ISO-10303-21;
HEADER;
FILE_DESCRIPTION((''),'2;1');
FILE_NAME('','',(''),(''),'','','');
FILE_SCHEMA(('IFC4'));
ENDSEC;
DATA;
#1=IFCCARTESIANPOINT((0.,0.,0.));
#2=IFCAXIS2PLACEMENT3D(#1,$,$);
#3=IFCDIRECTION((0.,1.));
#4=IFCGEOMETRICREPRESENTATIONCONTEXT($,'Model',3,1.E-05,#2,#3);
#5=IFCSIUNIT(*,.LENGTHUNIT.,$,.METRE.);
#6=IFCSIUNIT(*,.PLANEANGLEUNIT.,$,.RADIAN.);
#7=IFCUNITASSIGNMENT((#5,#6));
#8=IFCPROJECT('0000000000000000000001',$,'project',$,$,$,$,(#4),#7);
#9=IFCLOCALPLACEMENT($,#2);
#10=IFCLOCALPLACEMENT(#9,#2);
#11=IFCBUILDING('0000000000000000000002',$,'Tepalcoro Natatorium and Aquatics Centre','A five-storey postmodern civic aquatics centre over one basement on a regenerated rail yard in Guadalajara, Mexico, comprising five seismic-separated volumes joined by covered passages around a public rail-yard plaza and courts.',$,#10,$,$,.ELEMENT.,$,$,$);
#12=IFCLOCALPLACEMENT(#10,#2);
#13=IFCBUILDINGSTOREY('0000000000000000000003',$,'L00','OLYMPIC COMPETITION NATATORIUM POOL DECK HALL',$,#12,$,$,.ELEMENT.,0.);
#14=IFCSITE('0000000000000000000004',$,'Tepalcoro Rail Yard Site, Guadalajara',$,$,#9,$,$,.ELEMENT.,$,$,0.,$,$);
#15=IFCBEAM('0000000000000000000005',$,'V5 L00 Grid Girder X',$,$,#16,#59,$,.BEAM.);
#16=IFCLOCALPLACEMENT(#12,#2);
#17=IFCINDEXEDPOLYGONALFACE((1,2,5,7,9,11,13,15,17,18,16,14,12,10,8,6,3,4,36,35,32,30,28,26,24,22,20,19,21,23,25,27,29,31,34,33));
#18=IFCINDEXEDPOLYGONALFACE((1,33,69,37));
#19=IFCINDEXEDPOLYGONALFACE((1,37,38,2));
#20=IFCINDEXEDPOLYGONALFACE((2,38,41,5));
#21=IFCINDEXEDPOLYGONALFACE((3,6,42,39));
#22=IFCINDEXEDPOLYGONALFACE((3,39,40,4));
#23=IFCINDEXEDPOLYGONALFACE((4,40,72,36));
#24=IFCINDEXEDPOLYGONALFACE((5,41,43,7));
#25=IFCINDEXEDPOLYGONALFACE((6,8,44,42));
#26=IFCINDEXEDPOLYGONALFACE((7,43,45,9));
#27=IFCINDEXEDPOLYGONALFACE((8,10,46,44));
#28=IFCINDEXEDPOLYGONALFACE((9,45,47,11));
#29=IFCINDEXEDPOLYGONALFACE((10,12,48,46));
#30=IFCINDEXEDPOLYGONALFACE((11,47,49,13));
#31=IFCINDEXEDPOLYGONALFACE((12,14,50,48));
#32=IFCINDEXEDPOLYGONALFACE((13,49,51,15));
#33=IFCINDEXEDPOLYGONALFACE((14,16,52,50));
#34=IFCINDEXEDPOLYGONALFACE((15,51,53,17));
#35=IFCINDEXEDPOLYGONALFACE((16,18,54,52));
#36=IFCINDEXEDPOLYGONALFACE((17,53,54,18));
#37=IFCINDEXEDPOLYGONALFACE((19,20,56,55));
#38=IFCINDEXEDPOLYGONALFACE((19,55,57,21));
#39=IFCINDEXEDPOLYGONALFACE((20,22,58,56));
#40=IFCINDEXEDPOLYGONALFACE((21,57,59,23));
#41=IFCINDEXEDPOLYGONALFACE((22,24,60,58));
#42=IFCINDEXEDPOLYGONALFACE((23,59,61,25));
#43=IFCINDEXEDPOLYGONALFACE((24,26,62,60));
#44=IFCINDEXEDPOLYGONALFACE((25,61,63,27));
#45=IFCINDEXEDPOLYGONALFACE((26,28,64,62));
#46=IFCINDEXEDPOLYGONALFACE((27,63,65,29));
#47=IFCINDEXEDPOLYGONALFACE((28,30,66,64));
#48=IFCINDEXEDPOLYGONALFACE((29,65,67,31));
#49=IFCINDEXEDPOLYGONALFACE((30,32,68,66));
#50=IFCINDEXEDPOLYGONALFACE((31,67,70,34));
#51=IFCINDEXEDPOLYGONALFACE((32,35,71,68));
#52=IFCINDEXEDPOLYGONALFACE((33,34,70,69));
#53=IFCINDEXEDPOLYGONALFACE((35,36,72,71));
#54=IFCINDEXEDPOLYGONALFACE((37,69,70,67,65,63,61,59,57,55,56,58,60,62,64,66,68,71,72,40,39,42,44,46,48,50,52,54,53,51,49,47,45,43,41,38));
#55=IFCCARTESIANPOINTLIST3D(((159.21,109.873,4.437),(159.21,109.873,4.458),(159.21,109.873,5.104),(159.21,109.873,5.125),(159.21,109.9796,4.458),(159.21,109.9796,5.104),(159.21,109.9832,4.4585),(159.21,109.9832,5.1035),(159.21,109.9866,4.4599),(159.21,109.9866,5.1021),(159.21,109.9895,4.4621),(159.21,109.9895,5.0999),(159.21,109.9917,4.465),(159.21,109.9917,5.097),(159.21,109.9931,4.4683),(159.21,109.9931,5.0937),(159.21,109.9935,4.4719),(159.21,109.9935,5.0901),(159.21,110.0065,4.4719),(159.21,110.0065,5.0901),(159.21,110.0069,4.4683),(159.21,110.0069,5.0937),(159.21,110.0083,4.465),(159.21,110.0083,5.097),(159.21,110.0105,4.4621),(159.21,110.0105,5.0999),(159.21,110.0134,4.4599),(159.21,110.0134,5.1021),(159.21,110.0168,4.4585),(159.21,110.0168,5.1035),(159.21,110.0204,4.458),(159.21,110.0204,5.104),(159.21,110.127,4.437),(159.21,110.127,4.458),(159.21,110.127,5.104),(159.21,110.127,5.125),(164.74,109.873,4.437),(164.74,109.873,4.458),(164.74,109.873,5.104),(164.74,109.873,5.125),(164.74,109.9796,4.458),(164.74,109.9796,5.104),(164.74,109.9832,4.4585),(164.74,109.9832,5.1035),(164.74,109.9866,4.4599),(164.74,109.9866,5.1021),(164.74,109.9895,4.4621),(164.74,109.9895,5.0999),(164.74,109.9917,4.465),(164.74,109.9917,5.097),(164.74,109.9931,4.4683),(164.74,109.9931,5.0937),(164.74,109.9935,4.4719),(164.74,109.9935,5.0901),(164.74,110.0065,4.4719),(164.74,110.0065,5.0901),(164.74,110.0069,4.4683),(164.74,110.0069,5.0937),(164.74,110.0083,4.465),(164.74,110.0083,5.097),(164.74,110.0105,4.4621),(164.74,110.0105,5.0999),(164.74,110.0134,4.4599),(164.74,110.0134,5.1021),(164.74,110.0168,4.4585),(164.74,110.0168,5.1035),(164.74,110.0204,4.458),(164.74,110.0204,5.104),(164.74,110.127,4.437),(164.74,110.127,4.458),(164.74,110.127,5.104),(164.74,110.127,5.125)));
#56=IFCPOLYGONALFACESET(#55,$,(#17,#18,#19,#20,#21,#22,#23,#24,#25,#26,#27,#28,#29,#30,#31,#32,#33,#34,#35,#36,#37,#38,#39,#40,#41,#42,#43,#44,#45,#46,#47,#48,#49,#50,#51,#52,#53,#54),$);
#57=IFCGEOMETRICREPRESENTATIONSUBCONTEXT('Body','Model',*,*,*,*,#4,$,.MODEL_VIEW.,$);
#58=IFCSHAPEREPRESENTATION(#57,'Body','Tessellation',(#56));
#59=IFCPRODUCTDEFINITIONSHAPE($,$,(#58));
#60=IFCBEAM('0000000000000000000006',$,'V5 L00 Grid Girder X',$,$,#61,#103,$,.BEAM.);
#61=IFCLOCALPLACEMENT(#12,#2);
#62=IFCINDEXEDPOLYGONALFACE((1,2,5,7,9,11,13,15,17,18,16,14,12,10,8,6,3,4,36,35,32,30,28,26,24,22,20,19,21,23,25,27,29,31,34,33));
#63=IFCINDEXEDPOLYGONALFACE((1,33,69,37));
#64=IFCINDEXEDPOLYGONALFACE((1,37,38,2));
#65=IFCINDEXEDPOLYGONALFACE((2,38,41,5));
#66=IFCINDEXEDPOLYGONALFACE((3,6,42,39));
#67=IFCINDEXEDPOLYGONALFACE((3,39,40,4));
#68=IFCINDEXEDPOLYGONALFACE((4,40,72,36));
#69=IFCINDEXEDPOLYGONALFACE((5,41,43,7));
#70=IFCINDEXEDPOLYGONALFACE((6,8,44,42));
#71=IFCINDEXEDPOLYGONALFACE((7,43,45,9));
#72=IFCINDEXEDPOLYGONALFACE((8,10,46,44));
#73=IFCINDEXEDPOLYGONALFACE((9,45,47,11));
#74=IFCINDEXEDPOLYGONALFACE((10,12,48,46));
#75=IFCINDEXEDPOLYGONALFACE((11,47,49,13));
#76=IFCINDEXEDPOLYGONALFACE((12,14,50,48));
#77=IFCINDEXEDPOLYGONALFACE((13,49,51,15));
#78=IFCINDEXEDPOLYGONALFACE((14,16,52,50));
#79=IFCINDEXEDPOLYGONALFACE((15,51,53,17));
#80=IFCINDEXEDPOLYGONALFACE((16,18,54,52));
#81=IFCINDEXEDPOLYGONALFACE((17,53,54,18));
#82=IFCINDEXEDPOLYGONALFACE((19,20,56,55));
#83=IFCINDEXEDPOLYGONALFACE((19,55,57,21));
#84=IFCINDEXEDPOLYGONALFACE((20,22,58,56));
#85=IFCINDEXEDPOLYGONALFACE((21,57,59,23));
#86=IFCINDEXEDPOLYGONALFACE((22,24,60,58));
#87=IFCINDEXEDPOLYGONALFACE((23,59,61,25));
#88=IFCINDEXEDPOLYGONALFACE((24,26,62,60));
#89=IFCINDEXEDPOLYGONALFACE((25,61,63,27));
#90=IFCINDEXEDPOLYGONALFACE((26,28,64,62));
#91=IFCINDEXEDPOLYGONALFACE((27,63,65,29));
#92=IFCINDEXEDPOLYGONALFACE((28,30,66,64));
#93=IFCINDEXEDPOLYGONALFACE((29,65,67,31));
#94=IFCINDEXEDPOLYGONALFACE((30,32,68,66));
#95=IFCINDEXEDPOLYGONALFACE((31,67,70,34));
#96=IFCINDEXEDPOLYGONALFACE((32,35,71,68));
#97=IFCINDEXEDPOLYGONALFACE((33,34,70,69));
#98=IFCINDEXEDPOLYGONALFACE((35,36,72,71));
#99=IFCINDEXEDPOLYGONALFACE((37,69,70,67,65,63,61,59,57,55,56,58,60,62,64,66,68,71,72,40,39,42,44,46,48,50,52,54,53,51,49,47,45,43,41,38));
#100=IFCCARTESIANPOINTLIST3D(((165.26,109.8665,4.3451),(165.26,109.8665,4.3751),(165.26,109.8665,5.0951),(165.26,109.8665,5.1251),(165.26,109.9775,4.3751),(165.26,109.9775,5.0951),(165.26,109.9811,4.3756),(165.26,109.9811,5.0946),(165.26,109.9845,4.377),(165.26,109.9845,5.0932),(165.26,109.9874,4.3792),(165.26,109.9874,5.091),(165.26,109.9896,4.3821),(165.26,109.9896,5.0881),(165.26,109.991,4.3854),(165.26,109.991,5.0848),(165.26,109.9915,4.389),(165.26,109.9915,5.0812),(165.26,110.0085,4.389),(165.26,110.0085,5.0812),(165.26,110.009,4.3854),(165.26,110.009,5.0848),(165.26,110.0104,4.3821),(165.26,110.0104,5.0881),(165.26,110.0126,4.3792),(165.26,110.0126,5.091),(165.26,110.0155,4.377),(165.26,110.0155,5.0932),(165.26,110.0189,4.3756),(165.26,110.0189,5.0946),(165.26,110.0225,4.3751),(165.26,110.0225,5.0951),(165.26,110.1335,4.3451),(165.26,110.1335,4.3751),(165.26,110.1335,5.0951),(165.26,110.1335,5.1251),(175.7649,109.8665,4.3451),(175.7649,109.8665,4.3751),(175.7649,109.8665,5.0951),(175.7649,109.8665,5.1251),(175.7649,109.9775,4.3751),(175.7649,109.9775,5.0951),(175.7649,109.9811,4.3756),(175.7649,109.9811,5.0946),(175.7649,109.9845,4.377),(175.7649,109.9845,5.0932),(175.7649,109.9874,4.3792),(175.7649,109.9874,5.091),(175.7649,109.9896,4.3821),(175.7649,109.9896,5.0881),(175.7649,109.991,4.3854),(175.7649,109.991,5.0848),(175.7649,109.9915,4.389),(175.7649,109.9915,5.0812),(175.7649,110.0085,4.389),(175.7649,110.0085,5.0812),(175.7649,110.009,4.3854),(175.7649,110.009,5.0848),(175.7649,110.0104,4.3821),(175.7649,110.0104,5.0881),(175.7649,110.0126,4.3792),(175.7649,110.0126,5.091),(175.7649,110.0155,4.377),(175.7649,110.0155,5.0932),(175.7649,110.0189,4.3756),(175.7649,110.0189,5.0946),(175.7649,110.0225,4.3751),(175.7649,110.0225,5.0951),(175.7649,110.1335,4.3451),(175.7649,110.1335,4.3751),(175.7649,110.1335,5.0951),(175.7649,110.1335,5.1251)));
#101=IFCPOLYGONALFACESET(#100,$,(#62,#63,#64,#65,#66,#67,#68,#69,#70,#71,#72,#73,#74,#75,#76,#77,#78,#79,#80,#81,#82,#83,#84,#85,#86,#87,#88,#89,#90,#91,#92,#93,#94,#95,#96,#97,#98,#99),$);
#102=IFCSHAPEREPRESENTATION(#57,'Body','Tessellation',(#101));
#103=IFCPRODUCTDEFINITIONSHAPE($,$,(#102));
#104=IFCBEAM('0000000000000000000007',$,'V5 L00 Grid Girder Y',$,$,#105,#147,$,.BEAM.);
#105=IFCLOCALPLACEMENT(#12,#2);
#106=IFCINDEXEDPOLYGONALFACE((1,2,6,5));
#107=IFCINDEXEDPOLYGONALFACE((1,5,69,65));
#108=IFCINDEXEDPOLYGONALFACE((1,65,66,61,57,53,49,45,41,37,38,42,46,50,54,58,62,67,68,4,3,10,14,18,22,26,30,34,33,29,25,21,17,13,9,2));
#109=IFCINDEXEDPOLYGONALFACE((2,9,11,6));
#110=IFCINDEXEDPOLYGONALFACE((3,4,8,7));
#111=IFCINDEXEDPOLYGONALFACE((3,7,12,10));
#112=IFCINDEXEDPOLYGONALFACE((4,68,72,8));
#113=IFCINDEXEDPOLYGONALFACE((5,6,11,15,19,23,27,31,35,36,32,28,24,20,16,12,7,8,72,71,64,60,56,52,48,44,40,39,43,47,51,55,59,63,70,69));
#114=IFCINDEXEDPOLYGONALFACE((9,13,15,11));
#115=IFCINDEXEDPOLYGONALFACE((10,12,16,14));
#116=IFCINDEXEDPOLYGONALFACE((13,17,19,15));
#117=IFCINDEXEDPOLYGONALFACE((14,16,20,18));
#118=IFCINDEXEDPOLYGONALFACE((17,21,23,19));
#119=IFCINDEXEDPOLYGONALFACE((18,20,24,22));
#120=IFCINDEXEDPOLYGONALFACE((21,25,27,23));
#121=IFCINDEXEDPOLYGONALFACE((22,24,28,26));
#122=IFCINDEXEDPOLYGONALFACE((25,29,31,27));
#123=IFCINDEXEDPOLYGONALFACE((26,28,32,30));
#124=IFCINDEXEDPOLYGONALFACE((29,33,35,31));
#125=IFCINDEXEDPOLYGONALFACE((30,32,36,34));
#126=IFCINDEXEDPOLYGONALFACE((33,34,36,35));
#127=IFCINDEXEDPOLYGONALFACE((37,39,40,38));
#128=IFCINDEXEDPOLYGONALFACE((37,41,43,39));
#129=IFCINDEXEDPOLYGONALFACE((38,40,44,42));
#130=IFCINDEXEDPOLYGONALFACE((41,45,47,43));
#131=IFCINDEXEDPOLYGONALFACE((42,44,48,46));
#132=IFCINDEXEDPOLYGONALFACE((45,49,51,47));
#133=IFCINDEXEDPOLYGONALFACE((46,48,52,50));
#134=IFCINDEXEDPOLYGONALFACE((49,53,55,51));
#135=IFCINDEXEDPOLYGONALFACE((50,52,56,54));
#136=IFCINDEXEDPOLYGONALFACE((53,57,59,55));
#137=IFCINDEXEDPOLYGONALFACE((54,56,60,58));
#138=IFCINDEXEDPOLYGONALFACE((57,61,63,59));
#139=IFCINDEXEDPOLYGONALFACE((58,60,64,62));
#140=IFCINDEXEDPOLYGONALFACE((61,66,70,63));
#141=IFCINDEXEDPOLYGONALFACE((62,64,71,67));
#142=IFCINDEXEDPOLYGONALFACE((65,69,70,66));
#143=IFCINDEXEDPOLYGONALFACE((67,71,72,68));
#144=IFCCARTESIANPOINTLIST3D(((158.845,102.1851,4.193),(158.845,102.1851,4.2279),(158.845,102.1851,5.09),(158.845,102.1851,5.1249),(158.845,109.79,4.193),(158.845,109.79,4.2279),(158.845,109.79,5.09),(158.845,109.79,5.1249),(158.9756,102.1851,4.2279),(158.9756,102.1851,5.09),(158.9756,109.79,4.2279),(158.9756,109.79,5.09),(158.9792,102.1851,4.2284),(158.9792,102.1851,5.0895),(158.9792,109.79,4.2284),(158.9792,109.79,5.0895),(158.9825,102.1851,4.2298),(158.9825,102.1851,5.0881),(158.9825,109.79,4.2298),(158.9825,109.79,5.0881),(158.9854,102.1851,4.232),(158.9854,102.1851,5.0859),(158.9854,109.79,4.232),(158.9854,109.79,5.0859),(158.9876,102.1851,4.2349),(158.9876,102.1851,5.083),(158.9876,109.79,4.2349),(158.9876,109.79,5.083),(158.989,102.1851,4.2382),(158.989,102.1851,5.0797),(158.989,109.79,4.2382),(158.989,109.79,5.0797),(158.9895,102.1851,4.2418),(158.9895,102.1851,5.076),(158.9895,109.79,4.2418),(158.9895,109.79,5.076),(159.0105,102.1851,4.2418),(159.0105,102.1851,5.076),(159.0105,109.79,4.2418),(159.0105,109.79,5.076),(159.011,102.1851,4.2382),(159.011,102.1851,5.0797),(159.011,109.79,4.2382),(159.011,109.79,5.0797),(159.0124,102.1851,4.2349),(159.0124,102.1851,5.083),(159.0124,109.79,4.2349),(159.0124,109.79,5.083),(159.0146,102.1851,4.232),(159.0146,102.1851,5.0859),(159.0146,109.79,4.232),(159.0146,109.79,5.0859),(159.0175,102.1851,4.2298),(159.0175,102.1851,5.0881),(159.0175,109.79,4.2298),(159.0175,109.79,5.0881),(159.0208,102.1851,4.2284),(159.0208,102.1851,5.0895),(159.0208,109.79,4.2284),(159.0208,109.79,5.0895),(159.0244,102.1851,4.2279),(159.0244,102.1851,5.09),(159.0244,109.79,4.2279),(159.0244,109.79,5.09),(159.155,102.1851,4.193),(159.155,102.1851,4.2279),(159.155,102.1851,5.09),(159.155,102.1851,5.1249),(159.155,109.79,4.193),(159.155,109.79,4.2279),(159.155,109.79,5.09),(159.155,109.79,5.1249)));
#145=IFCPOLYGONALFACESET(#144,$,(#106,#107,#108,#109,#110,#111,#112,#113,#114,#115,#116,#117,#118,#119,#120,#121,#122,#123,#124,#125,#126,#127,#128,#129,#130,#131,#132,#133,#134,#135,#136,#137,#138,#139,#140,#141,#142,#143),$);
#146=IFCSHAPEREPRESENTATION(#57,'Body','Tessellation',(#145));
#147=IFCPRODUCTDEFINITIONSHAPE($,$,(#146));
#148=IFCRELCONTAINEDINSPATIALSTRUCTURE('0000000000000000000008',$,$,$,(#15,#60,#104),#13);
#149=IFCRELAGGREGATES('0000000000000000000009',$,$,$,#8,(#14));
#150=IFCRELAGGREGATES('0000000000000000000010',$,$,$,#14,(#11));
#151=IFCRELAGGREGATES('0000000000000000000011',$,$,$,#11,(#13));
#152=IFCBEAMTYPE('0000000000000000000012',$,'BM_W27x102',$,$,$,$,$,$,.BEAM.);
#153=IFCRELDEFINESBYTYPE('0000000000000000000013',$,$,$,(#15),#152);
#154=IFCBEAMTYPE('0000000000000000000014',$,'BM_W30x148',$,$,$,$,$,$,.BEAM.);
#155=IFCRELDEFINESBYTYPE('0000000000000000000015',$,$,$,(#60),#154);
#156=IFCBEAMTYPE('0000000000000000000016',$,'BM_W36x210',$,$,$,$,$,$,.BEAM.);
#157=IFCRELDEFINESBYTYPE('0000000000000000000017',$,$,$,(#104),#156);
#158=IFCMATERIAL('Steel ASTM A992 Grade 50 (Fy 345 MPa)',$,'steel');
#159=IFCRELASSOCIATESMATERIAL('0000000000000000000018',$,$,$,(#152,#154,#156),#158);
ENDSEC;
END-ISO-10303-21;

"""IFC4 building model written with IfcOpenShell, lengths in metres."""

from ifc_helpers import new_model, si_unit, direction, frame, origin, origin_2d, place, context, subcontext, project, spatial, i_section, extrude, material, material_profile, profile_set, type_object, element, save


model = new_model("IFC4")

# Units and contexts
model_context = context("Model", 3, precision=1e-05, world=origin(), true_north=direction((0.0, 1.0)))
body_context = subcontext(model_context, "Body", "Model", "MODEL_VIEW")
ifc_project = project(units=[si_unit("LENGTHUNIT", "METRE"), si_unit("PLANEANGLEUNIT", "RADIAN")], contexts=[model_context])

# Site, building, storey
site_placement = place(None, origin())
site = spatial("IfcSite", under=ifc_project, at=site_placement, Name="Tepalcoro Rail Yard Site, Guadalajara", CompositionType="ELEMENT", RefElevation=0.0)
building_placement = place(site_placement, origin())
building = spatial("IfcBuilding", under=site, at=building_placement, Name="Tepalcoro Natatorium and Aquatics Centre", Description="A five-storey postmodern civic aquatics centre over one basement on a regenerated rail yard in Guadalajara, Mexico, comprising five seismic-separated volumes joined by covered passages around a public rail-yard plaza and courts.", CompositionType="ELEMENT")
storey_placement = place(building_placement, origin())
storey = spatial("IfcBuildingStorey", under=building, at=storey_placement, Name="L00", Description="OLYMPIC COMPETITION NATATORIUM POOL DECK HALL", CompositionType="ELEMENT", Elevation=0.0)

# Beams
ifc_material_1 = material(Name="Steel ASTM A992 Grade 50 (Fy 345 MPa)", Category="steel")
ifc_material_profile_1 = material_profile(ifc_material_1, i_section(OverallWidth=0.2539, OverallDepth=0.688, WebThickness=0.0129, FlangeThickness=0.021, FilletRadius=0.0139, at=origin_2d()), Name="W27X102")
ifc_profile_set_1 = profile_set([ifc_material_profile_1], Name="Steel ASTM A992 Grade 50 (Fy 345 MPa)")
beam_type_1 = type_object("IfcBeamType", Name="BM_W27x102", PredefinedType="BEAM", material=ifc_profile_set_1)
beam_1_placement = place(storey_placement, frame((159.21, 110.0, 4.781), z_axis=(1.0, 0.0, 0.0), x_axis=(0.0, 1.0, 0.0)))
element("IfcBeam", 1, at=beam_1_placement, inside=storey, type_object=beam_type_1, Name="V5 L00 Grid Girder X", PredefinedType="BEAM", context=body_context, shape_type="SweptSolid", body=[
    extrude(i_section(OverallWidth=0.2539, OverallDepth=0.688, WebThickness=0.0129, FlangeThickness=0.021, FilletRadius=0.0139, at=origin_2d()), origin(), (0.0, 0.0, 1.0), 5.53),
])
ifc_material_profile_2 = material_profile(ifc_material_1, i_section(OverallWidth=0.2671, OverallDepth=0.78, WebThickness=0.0171, FlangeThickness=0.03, FilletRadius=0.0139, at=origin_2d()), Name="W30X148")
ifc_profile_set_2 = profile_set([ifc_material_profile_2], Name="Steel ASTM A992 Grade 50 (Fy 345 MPa)")
beam_type_2 = type_object("IfcBeamType", Name="BM_W30x148", PredefinedType="BEAM", material=ifc_profile_set_2)
beam_2_placement = place(storey_placement, frame((165.26, 110.0, 4.7351), z_axis=(1.0, 0.0, 0.0), x_axis=(0.0, 1.0, 0.0)))
element("IfcBeam", 2, at=beam_2_placement, inside=storey, type_object=beam_type_2, Name="V5 L00 Grid Girder X", PredefinedType="BEAM", context=body_context, shape_type="SweptSolid", body=[
    extrude(i_section(OverallWidth=0.2671, OverallDepth=0.78, WebThickness=0.0171, FlangeThickness=0.03, FilletRadius=0.0139, at=origin_2d()), origin(), (0.0, 0.0, 1.0), 10.5049),
])
ifc_material_profile_3 = material_profile(ifc_material_1, i_section(OverallWidth=0.3101, OverallDepth=0.9319, WebThickness=0.021, FlangeThickness=0.0349, FilletRadius=0.0139, at=origin_2d()), Name="W36X210")
ifc_profile_set_3 = profile_set([ifc_material_profile_3], Name="Steel ASTM A992 Grade 50 (Fy 345 MPa)")
beam_type_3 = type_object("IfcBeamType", Name="BM_W36x210", PredefinedType="BEAM", material=ifc_profile_set_3)
beam_3_placement = place(storey_placement, frame((159.0, 102.1851, 4.6589), z_axis=(0.0, 1.0, 0.0), x_axis=(-1.0, 0.0, 0.0)))
element("IfcBeam", 3, at=beam_3_placement, inside=storey, type_object=beam_type_3, Name="V5 L00 Grid Girder Y", PredefinedType="BEAM", context=body_context, shape_type="SweptSolid", body=[
    extrude(i_section(OverallWidth=0.3101, OverallDepth=0.9319, WebThickness=0.021, FlangeThickness=0.0349, FilletRadius=0.0139, at=origin_2d()), origin(), (0.0, 0.0, 1.0), 7.605),
])

save(model, "model.ifc")
